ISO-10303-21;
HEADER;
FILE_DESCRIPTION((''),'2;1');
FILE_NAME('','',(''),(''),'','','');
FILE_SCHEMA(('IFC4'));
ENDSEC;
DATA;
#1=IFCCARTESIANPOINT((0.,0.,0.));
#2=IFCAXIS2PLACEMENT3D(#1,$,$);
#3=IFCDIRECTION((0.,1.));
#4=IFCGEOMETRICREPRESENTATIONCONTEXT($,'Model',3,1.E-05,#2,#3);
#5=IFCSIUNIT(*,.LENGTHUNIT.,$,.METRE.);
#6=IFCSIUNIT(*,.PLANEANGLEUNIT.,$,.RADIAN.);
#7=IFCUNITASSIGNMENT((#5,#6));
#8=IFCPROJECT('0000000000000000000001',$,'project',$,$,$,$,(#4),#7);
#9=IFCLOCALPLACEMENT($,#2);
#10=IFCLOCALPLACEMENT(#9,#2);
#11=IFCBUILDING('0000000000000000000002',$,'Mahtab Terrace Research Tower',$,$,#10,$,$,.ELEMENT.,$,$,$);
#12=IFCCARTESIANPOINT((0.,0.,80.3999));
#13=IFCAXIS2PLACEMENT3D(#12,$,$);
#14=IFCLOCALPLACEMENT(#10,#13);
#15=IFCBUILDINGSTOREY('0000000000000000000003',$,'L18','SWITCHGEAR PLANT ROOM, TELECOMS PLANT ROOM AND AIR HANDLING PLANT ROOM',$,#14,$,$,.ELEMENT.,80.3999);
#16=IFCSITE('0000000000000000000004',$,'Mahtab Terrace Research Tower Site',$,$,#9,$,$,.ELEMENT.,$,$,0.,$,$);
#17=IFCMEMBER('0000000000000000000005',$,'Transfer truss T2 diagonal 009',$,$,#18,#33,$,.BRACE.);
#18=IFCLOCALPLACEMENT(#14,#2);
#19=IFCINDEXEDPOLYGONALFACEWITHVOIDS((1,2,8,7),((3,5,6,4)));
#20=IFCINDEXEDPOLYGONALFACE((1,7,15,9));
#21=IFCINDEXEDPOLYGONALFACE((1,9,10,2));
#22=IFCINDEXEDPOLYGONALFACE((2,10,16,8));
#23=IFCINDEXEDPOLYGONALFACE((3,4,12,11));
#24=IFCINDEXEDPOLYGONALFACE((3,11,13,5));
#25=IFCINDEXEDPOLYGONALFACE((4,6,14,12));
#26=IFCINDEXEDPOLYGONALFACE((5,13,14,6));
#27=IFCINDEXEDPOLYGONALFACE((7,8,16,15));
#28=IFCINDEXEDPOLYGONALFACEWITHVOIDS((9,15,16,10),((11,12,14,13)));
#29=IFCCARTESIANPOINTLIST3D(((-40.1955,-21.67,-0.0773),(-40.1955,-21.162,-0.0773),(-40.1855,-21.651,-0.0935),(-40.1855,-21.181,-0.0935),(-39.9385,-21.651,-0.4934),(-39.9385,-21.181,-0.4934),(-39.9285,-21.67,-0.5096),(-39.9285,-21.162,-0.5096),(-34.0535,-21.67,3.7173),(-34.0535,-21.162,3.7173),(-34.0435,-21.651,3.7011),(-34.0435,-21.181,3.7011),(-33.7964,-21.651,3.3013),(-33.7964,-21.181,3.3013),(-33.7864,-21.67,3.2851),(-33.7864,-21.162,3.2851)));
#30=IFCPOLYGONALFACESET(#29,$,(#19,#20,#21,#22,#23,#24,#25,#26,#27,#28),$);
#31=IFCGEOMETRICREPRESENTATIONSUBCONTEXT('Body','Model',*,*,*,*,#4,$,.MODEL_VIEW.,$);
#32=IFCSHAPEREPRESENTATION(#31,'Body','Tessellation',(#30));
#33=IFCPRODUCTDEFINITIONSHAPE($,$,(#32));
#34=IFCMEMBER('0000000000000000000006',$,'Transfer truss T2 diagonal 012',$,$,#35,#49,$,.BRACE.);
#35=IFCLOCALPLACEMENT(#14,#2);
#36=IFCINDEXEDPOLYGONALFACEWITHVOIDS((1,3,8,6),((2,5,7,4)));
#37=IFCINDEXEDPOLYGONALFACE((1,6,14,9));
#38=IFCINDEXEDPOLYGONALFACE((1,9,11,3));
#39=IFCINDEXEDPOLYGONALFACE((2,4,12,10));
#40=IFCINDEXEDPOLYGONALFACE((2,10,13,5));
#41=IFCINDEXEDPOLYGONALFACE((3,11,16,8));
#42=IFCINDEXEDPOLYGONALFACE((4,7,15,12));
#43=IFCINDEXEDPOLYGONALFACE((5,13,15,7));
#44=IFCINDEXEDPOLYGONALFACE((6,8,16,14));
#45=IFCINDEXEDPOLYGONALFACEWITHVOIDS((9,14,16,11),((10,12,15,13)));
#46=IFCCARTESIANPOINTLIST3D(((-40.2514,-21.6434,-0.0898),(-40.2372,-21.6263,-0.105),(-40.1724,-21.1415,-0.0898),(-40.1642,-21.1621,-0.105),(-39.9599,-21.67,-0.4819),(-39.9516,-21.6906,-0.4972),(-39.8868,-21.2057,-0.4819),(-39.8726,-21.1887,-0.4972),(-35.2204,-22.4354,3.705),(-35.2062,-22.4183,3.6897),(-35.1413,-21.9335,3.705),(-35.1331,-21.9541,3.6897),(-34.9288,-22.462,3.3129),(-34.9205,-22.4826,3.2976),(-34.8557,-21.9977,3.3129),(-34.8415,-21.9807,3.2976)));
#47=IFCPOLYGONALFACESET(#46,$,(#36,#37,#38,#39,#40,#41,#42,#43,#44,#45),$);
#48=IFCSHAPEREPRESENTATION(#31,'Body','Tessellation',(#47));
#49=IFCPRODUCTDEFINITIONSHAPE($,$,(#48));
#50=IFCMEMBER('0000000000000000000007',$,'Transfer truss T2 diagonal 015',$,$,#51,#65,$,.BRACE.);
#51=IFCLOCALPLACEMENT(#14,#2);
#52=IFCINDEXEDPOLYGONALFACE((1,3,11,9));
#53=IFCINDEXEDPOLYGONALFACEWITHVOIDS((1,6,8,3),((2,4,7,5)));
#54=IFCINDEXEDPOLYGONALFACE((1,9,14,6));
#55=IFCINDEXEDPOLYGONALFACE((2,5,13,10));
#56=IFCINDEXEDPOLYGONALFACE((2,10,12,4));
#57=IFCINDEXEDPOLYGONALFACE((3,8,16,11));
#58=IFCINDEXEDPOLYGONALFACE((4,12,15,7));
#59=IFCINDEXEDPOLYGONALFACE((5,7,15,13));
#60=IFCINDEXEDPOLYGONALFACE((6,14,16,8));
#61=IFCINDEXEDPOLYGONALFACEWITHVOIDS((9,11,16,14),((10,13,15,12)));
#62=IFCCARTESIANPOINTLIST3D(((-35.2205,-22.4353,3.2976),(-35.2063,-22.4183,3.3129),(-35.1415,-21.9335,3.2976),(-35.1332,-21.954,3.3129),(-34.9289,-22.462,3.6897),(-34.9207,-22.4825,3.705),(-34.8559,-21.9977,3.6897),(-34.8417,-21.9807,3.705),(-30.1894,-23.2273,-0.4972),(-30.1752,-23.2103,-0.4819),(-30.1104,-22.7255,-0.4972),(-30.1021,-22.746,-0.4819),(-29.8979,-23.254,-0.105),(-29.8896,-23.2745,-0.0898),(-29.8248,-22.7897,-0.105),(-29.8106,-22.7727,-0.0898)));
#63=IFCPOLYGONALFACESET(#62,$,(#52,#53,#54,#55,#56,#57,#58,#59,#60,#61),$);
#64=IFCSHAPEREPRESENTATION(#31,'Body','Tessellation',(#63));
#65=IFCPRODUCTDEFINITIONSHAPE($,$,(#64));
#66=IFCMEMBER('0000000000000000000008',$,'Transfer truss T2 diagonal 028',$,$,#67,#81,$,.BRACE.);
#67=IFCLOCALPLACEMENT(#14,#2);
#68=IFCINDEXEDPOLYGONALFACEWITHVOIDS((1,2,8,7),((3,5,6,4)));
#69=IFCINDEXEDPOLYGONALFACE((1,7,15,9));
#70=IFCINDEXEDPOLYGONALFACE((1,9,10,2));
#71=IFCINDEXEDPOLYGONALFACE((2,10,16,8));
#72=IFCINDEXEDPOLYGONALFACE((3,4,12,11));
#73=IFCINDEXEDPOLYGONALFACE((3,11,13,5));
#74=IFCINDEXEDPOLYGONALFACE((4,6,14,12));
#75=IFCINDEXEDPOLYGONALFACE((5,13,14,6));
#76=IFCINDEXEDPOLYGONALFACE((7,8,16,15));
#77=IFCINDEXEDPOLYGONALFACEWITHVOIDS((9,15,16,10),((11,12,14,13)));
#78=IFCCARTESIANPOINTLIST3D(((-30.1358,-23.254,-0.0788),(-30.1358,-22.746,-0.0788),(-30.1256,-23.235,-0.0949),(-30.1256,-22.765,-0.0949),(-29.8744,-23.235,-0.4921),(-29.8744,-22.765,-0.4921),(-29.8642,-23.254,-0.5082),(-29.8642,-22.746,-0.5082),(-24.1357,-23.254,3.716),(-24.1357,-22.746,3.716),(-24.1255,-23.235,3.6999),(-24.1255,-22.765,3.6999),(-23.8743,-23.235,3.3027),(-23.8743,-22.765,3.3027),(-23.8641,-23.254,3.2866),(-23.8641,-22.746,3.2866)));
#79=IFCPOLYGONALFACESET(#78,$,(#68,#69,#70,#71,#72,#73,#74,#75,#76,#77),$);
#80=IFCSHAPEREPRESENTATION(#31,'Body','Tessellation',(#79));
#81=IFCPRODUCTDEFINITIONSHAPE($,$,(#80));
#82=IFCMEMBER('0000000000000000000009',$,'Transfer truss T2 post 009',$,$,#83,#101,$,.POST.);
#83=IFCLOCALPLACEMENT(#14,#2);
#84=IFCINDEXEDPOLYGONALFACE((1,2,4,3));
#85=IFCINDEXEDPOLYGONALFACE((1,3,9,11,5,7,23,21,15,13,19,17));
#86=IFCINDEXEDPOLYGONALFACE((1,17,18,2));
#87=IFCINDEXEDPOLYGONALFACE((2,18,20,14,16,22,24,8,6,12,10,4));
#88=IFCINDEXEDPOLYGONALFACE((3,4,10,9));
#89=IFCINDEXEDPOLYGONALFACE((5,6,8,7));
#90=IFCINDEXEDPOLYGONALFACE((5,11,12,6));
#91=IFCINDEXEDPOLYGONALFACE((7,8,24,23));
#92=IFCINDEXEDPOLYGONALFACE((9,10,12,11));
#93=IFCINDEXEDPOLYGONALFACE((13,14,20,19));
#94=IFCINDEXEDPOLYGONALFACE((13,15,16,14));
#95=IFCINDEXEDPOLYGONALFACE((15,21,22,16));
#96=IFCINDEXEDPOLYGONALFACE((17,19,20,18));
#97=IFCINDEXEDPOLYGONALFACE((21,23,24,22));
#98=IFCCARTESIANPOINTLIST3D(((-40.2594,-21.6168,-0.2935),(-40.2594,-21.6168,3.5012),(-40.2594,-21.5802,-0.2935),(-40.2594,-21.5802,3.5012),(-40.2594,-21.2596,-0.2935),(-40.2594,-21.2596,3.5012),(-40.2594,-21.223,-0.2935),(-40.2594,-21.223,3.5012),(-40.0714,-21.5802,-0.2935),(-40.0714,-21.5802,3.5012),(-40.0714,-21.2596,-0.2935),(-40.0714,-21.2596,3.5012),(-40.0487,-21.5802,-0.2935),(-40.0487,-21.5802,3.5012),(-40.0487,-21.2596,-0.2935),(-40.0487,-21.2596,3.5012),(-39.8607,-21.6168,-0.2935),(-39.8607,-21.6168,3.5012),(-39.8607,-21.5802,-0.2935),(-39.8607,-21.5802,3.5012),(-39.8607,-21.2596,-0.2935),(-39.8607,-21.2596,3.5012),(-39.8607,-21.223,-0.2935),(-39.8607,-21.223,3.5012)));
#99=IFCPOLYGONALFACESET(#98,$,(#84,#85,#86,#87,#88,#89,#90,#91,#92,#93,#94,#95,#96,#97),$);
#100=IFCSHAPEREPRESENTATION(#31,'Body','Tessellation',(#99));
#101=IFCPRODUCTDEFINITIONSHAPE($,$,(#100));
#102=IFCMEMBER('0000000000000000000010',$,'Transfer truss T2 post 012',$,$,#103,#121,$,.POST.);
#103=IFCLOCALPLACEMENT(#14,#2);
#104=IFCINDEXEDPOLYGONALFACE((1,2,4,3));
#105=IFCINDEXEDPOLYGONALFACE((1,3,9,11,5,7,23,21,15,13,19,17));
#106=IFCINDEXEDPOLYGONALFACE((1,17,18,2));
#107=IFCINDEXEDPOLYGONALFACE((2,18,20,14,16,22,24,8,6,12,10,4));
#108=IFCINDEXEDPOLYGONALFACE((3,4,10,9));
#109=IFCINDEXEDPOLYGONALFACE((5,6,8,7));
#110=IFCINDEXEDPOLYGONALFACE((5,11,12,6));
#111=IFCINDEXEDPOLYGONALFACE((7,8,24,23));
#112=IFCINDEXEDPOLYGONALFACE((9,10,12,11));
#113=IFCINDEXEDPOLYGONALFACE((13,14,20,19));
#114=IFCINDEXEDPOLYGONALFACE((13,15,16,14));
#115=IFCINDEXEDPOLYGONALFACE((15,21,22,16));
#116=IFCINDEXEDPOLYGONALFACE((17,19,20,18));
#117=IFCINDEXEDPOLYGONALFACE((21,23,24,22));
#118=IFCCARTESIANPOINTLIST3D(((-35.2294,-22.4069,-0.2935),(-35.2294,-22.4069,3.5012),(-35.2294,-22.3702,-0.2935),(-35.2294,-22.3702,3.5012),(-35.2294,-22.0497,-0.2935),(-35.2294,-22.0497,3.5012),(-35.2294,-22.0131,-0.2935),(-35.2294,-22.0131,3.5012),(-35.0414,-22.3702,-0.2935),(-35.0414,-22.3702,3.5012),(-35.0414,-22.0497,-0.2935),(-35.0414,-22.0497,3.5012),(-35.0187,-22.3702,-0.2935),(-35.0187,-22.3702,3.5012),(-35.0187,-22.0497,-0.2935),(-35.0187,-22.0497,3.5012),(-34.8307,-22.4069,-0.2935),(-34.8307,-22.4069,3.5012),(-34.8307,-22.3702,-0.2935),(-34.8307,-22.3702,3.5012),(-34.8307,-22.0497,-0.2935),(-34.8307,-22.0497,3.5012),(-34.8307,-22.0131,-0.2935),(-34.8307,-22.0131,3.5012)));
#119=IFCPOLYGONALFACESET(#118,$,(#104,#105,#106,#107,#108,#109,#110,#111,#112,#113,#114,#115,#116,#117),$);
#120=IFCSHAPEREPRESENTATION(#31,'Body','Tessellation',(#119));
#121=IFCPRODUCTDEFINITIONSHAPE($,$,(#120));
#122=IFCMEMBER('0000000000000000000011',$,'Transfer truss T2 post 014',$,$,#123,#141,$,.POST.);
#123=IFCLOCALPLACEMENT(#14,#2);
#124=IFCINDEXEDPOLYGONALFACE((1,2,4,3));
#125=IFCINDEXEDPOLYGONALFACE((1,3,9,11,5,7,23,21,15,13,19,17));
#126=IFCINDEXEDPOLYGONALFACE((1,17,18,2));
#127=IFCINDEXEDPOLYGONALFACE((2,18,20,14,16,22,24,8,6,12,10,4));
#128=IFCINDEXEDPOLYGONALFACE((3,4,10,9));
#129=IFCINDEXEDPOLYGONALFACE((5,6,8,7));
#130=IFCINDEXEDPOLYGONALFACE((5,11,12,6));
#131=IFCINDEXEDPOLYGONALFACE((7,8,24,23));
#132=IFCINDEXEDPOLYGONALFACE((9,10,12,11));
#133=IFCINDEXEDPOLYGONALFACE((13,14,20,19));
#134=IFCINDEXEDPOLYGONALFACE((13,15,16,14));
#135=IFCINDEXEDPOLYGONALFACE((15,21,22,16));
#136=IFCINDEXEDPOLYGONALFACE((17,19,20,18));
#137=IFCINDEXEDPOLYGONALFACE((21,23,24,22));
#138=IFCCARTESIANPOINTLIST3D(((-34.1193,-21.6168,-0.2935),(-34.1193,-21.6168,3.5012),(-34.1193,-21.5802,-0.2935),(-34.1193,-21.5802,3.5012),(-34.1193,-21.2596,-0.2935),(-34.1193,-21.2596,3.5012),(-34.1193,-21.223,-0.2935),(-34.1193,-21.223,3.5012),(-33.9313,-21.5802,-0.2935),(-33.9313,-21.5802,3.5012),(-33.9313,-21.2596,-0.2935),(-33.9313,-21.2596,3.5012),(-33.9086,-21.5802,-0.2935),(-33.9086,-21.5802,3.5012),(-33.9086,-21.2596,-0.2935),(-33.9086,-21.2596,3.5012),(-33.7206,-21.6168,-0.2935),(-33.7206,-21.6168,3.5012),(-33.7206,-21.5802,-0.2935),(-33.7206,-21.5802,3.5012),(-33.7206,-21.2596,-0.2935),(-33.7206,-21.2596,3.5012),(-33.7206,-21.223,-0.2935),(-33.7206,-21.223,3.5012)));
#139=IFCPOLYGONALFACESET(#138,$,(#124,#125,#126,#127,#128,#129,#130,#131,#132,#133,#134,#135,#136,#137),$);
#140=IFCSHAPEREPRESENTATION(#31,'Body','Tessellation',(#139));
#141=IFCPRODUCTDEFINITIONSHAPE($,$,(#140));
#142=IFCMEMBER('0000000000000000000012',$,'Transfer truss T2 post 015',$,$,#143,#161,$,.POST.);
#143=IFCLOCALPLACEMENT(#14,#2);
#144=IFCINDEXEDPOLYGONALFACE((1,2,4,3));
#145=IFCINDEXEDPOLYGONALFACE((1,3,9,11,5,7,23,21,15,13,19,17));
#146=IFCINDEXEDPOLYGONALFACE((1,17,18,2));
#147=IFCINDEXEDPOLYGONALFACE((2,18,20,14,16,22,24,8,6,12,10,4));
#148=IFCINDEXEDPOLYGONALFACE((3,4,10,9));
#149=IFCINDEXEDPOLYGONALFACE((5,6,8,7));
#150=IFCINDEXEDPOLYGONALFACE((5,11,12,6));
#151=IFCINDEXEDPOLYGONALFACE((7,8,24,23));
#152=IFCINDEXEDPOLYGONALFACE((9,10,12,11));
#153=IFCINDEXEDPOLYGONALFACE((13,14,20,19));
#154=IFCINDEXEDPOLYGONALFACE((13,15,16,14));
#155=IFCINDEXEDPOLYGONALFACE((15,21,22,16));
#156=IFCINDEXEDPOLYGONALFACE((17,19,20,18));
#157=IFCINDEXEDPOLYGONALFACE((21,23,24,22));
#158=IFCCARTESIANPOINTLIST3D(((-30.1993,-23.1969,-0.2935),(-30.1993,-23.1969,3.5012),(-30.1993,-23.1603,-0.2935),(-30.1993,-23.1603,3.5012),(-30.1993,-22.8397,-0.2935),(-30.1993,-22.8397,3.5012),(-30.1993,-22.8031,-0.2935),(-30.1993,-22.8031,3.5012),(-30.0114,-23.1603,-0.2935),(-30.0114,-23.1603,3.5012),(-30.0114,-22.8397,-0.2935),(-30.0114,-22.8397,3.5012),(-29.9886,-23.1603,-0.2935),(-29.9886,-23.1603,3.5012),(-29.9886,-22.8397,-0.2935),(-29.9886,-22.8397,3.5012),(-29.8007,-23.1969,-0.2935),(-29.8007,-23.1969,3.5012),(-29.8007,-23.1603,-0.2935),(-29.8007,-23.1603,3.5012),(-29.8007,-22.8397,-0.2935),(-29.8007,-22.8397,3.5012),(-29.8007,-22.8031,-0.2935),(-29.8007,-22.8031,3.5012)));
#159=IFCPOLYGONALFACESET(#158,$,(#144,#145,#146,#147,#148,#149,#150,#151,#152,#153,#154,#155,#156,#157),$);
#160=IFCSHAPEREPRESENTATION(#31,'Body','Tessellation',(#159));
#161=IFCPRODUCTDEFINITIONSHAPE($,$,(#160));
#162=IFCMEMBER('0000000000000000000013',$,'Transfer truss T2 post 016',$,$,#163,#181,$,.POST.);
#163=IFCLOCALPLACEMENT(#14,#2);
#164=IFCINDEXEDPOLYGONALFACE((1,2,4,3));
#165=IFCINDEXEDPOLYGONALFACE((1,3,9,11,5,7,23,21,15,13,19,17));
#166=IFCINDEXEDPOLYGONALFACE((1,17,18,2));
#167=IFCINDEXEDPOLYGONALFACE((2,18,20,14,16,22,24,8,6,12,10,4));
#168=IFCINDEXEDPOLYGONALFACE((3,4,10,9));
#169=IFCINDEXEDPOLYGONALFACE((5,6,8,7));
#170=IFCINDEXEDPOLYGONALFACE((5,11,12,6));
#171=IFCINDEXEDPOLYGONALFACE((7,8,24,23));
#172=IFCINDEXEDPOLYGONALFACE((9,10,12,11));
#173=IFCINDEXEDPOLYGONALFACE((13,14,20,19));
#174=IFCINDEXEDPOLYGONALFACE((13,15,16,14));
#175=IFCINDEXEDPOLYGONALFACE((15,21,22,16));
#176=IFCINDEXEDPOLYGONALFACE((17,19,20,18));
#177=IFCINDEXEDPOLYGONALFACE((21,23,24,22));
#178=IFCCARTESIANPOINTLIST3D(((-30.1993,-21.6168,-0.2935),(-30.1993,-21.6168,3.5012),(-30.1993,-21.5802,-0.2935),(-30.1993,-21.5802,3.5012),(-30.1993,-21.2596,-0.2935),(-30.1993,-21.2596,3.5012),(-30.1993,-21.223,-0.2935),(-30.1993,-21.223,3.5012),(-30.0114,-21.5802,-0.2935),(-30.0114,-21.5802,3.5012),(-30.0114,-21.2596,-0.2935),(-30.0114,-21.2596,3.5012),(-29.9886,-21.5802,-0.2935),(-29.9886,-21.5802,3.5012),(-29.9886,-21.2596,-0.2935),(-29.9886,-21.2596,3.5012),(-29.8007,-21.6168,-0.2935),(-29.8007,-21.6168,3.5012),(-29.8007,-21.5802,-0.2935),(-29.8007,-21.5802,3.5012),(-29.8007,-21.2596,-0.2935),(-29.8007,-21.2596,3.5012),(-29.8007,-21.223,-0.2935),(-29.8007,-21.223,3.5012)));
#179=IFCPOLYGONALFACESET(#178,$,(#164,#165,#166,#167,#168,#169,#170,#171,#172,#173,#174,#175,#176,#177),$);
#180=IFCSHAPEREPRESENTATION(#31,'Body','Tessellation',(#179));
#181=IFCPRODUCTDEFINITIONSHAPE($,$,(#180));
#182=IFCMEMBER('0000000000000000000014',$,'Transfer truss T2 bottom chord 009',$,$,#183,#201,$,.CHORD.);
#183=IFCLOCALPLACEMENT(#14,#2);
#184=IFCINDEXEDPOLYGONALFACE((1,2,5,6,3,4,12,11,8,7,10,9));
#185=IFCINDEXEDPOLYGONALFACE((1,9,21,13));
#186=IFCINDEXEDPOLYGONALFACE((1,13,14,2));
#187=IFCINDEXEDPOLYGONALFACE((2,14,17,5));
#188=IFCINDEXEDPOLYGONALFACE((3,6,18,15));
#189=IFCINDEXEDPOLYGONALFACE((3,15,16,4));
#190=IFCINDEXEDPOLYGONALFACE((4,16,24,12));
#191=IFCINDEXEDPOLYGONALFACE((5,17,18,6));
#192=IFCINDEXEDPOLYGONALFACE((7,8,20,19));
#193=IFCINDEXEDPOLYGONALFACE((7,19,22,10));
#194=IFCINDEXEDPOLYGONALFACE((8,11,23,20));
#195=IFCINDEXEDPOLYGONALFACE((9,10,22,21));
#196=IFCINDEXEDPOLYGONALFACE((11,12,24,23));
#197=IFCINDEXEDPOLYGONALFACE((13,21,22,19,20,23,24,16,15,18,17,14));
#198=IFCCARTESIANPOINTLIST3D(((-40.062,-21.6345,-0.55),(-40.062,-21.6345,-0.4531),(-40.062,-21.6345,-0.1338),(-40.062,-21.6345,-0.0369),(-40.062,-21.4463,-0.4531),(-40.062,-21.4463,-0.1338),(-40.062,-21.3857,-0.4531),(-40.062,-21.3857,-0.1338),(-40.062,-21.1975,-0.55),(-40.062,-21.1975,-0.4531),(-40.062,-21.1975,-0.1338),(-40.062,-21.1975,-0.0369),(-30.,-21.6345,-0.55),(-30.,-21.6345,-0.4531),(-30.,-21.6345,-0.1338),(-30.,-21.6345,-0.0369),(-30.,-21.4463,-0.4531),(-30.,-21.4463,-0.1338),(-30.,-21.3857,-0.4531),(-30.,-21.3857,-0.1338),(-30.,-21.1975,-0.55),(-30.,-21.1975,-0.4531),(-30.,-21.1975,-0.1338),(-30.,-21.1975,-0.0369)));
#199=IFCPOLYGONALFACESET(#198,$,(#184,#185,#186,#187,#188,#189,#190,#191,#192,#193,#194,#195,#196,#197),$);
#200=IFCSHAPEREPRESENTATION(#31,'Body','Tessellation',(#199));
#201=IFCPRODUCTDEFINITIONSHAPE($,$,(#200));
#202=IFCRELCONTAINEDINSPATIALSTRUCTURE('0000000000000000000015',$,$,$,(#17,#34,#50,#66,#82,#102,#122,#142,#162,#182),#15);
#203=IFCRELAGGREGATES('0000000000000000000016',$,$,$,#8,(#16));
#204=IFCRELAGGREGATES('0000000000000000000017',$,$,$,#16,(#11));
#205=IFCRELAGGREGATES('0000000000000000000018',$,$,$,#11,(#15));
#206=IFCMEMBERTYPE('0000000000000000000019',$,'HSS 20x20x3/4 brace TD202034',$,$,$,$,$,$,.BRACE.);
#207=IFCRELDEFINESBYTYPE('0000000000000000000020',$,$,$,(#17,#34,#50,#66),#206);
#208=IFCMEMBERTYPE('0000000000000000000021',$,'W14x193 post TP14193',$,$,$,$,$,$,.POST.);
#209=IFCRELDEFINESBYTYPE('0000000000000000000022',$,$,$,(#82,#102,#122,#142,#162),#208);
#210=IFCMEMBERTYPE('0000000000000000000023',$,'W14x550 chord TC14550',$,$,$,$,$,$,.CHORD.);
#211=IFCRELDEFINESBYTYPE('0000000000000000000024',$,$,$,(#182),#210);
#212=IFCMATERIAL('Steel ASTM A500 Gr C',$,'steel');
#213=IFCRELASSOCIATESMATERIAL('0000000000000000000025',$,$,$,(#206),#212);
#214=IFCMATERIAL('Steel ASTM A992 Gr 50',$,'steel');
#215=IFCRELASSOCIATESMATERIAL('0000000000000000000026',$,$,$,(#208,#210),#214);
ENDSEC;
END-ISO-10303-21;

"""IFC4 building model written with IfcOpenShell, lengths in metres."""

from ifc_helpers import new_model, si_unit, direction, frame, origin, origin_2d, place, context, subcontext, project, spatial, hollow_rectangle, i_section, extrude, material, material_profile, profile_set, type_object, element, save


model = new_model("IFC4")

# Units and contexts
model_context = context("Model", 3, precision=1e-05, world=origin(), true_north=direction((0.0, 1.0)))
body_context = subcontext(model_context, "Body", "Model", "MODEL_VIEW")
ifc_project = project(units=[si_unit("LENGTHUNIT", "METRE"), si_unit("PLANEANGLEUNIT", "RADIAN")], contexts=[model_context])

# Site, building, storey
site_placement = place(None, origin())
site = spatial("IfcSite", under=ifc_project, at=site_placement, Name="Mahtab Terrace Research Tower Site", CompositionType="ELEMENT", RefElevation=0.0)
building_placement = place(site_placement, origin())
building = spatial("IfcBuilding", under=site, at=building_placement, Name="Mahtab Terrace Research Tower", CompositionType="ELEMENT")
storey_placement = place(building_placement, frame((0.0, 0.0, 80.3999)))
storey = spatial("IfcBuildingStorey", under=building, at=storey_placement, Name="L18", Description="SWITCHGEAR PLANT ROOM, TELECOMS PLANT ROOM AND AIR HANDLING PLANT ROOM", CompositionType="ELEMENT", Elevation=80.3999)

# Members
ifc_material_1 = material(Name="Steel ASTM A500 Gr C", Category="steel")
ifc_material_profile_1 = material_profile(ifc_material_1, hollow_rectangle(XDim=0.5081, YDim=0.5081, WallThickness=0.019, at=origin_2d()), Name="HSS20X20X3/4")
ifc_profile_set_1 = profile_set([ifc_material_profile_1], Name="Steel ASTM A500 Gr C")
member_type_1 = type_object("IfcMemberType", Name="HSS 20x20x3/4 brace TD202034", PredefinedType="BRACE", material=ifc_profile_set_1)
member_1_placement = place(storey_placement, frame((-40.062, -21.416, -0.2935), z_axis=(0.850734, 0.0, 0.525597), x_axis=(0.0, 1.0, 0.0)))
element("IfcMember", 1, at=member_1_placement, inside=storey, type_object=member_type_1, Name="Transfer truss T2 diagonal 009", PredefinedType="BRACE", context=body_context, shape_type="SweptSolid", body=[
    extrude(hollow_rectangle(XDim=0.5081, YDim=0.5081, WallThickness=0.019, at=origin_2d()), origin(), (0.0, 0.0, 1.0), 7.2197),
])
for number, where, z_axis, x_axis, name in (
    (2, (-40.062, -21.416, -0.2935), (0.792134, -0.124699, 0.597473), (0.155507, 0.987835, 0.0), "Transfer truss T2 diagonal 012"),
    (3, (-30.0, -23.0, -0.2935), (-0.792134, 0.124699, 0.597473), (-0.155507, -0.987835, 0.0), "Transfer truss T2 diagonal 015"),
):
    element("IfcMember", number, at=place(storey_placement, frame(where, z_axis=z_axis, x_axis=x_axis)), inside=storey, type_object=member_type_1, Name=name, PredefinedType="BRACE", context=body_context, shape_type="SweptSolid", body=[
        extrude(hollow_rectangle(XDim=0.5081, YDim=0.5081, WallThickness=0.019, at=origin_2d()), origin(), (0.0, 0.0, 1.0), 6.3513),
    ])
member_2_placement = place(storey_placement, frame((-30.0, -23.0, -0.2935), z_axis=(0.845158, 0.0, 0.534517), x_axis=(0.0, 1.0, 0.0)))
element("IfcMember", 4, at=member_2_placement, inside=storey, type_object=member_type_1, Name="Transfer truss T2 diagonal 028", PredefinedType="BRACE", context=body_context, shape_type="SweptSolid", body=[
    extrude(hollow_rectangle(XDim=0.5081, YDim=0.5081, WallThickness=0.019, at=origin_2d()), origin(), (0.0, 0.0, 1.0), 7.0994),
])
ifc_material_2 = material(Name="Steel ASTM A992 Gr 50", Category="steel")
ifc_material_profile_2 = material_profile(ifc_material_2, i_section(OverallWidth=0.3987, OverallDepth=0.3938, WebThickness=0.0227, FlangeThickness=0.0366, at=origin_2d()), Name="W14X193")
ifc_profile_set_2 = profile_set([ifc_material_profile_2], Name="Steel ASTM A992 Gr 50")
member_type_2 = type_object("IfcMemberType", Name="W14x193 post TP14193", PredefinedType="POST", material=ifc_profile_set_2)
for number, where, z_axis, x_axis, name in (
    (5, (-40.0601, -21.4199, -0.2935), (0.0, 0.0, 1.0), (1.0, 0.0, 0.0), "Transfer truss T2 post 009"),
    (6, (-35.03, -22.21, -0.2935), (0.0, 0.0, 1.0), (1.0, 0.0, 0.0), "Transfer truss T2 post 012"),
    (7, (-33.9199, -21.4199, -0.2935), (0.0, 0.0, 1.0), (1.0, 0.0, 0.0), "Transfer truss T2 post 014"),
    (8, (-30.0, -23.0, -0.2935), (0.0, 0.0, 1.0), (1.0, 0.0, 0.0), "Transfer truss T2 post 015"),
    (9, (-30.0, -21.4199, -0.2935), (0.0, 0.0, 1.0), (1.0, 0.0, 0.0), "Transfer truss T2 post 016"),
):
    element("IfcMember", number, at=place(storey_placement, frame(where, z_axis=z_axis, x_axis=x_axis)), inside=storey, type_object=member_type_2, Name=name, PredefinedType="POST", context=body_context, shape_type="SweptSolid", body=[
        extrude(i_section(OverallWidth=0.3987, OverallDepth=0.3938, WebThickness=0.0227, FlangeThickness=0.0366, at=origin_2d()), origin(), (0.0, 0.0, 1.0), 3.7947),
    ])
ifc_material_profile_3 = material_profile(ifc_material_2, i_section(OverallWidth=0.437, OverallDepth=0.5132, WebThickness=0.0605, FlangeThickness=0.0969, at=origin_2d()), Name="W14X550")
ifc_profile_set_3 = profile_set([ifc_material_profile_3], Name="Steel ASTM A992 Gr 50")
member_type_3 = type_object("IfcMemberType", Name="W14x550 chord TC14550", PredefinedType="CHORD", material=ifc_profile_set_3)
member_3_placement = place(storey_placement, frame((-40.062, -21.416, -0.2935), z_axis=(1.0, 0.0, 0.0), x_axis=(0.0, 1.0, 0.0)))
element("IfcMember", 10, at=member_3_placement, inside=storey, type_object=member_type_3, Name="Transfer truss T2 bottom chord 009", PredefinedType="CHORD", context=body_context, shape_type="SweptSolid", body=[
    extrude(i_section(OverallWidth=0.437, OverallDepth=0.5132, WebThickness=0.0605, FlangeThickness=0.0969, at=origin_2d()), origin(), (0.0, 0.0, 1.0), 10.062),
])

save(model, "model.ifc")
